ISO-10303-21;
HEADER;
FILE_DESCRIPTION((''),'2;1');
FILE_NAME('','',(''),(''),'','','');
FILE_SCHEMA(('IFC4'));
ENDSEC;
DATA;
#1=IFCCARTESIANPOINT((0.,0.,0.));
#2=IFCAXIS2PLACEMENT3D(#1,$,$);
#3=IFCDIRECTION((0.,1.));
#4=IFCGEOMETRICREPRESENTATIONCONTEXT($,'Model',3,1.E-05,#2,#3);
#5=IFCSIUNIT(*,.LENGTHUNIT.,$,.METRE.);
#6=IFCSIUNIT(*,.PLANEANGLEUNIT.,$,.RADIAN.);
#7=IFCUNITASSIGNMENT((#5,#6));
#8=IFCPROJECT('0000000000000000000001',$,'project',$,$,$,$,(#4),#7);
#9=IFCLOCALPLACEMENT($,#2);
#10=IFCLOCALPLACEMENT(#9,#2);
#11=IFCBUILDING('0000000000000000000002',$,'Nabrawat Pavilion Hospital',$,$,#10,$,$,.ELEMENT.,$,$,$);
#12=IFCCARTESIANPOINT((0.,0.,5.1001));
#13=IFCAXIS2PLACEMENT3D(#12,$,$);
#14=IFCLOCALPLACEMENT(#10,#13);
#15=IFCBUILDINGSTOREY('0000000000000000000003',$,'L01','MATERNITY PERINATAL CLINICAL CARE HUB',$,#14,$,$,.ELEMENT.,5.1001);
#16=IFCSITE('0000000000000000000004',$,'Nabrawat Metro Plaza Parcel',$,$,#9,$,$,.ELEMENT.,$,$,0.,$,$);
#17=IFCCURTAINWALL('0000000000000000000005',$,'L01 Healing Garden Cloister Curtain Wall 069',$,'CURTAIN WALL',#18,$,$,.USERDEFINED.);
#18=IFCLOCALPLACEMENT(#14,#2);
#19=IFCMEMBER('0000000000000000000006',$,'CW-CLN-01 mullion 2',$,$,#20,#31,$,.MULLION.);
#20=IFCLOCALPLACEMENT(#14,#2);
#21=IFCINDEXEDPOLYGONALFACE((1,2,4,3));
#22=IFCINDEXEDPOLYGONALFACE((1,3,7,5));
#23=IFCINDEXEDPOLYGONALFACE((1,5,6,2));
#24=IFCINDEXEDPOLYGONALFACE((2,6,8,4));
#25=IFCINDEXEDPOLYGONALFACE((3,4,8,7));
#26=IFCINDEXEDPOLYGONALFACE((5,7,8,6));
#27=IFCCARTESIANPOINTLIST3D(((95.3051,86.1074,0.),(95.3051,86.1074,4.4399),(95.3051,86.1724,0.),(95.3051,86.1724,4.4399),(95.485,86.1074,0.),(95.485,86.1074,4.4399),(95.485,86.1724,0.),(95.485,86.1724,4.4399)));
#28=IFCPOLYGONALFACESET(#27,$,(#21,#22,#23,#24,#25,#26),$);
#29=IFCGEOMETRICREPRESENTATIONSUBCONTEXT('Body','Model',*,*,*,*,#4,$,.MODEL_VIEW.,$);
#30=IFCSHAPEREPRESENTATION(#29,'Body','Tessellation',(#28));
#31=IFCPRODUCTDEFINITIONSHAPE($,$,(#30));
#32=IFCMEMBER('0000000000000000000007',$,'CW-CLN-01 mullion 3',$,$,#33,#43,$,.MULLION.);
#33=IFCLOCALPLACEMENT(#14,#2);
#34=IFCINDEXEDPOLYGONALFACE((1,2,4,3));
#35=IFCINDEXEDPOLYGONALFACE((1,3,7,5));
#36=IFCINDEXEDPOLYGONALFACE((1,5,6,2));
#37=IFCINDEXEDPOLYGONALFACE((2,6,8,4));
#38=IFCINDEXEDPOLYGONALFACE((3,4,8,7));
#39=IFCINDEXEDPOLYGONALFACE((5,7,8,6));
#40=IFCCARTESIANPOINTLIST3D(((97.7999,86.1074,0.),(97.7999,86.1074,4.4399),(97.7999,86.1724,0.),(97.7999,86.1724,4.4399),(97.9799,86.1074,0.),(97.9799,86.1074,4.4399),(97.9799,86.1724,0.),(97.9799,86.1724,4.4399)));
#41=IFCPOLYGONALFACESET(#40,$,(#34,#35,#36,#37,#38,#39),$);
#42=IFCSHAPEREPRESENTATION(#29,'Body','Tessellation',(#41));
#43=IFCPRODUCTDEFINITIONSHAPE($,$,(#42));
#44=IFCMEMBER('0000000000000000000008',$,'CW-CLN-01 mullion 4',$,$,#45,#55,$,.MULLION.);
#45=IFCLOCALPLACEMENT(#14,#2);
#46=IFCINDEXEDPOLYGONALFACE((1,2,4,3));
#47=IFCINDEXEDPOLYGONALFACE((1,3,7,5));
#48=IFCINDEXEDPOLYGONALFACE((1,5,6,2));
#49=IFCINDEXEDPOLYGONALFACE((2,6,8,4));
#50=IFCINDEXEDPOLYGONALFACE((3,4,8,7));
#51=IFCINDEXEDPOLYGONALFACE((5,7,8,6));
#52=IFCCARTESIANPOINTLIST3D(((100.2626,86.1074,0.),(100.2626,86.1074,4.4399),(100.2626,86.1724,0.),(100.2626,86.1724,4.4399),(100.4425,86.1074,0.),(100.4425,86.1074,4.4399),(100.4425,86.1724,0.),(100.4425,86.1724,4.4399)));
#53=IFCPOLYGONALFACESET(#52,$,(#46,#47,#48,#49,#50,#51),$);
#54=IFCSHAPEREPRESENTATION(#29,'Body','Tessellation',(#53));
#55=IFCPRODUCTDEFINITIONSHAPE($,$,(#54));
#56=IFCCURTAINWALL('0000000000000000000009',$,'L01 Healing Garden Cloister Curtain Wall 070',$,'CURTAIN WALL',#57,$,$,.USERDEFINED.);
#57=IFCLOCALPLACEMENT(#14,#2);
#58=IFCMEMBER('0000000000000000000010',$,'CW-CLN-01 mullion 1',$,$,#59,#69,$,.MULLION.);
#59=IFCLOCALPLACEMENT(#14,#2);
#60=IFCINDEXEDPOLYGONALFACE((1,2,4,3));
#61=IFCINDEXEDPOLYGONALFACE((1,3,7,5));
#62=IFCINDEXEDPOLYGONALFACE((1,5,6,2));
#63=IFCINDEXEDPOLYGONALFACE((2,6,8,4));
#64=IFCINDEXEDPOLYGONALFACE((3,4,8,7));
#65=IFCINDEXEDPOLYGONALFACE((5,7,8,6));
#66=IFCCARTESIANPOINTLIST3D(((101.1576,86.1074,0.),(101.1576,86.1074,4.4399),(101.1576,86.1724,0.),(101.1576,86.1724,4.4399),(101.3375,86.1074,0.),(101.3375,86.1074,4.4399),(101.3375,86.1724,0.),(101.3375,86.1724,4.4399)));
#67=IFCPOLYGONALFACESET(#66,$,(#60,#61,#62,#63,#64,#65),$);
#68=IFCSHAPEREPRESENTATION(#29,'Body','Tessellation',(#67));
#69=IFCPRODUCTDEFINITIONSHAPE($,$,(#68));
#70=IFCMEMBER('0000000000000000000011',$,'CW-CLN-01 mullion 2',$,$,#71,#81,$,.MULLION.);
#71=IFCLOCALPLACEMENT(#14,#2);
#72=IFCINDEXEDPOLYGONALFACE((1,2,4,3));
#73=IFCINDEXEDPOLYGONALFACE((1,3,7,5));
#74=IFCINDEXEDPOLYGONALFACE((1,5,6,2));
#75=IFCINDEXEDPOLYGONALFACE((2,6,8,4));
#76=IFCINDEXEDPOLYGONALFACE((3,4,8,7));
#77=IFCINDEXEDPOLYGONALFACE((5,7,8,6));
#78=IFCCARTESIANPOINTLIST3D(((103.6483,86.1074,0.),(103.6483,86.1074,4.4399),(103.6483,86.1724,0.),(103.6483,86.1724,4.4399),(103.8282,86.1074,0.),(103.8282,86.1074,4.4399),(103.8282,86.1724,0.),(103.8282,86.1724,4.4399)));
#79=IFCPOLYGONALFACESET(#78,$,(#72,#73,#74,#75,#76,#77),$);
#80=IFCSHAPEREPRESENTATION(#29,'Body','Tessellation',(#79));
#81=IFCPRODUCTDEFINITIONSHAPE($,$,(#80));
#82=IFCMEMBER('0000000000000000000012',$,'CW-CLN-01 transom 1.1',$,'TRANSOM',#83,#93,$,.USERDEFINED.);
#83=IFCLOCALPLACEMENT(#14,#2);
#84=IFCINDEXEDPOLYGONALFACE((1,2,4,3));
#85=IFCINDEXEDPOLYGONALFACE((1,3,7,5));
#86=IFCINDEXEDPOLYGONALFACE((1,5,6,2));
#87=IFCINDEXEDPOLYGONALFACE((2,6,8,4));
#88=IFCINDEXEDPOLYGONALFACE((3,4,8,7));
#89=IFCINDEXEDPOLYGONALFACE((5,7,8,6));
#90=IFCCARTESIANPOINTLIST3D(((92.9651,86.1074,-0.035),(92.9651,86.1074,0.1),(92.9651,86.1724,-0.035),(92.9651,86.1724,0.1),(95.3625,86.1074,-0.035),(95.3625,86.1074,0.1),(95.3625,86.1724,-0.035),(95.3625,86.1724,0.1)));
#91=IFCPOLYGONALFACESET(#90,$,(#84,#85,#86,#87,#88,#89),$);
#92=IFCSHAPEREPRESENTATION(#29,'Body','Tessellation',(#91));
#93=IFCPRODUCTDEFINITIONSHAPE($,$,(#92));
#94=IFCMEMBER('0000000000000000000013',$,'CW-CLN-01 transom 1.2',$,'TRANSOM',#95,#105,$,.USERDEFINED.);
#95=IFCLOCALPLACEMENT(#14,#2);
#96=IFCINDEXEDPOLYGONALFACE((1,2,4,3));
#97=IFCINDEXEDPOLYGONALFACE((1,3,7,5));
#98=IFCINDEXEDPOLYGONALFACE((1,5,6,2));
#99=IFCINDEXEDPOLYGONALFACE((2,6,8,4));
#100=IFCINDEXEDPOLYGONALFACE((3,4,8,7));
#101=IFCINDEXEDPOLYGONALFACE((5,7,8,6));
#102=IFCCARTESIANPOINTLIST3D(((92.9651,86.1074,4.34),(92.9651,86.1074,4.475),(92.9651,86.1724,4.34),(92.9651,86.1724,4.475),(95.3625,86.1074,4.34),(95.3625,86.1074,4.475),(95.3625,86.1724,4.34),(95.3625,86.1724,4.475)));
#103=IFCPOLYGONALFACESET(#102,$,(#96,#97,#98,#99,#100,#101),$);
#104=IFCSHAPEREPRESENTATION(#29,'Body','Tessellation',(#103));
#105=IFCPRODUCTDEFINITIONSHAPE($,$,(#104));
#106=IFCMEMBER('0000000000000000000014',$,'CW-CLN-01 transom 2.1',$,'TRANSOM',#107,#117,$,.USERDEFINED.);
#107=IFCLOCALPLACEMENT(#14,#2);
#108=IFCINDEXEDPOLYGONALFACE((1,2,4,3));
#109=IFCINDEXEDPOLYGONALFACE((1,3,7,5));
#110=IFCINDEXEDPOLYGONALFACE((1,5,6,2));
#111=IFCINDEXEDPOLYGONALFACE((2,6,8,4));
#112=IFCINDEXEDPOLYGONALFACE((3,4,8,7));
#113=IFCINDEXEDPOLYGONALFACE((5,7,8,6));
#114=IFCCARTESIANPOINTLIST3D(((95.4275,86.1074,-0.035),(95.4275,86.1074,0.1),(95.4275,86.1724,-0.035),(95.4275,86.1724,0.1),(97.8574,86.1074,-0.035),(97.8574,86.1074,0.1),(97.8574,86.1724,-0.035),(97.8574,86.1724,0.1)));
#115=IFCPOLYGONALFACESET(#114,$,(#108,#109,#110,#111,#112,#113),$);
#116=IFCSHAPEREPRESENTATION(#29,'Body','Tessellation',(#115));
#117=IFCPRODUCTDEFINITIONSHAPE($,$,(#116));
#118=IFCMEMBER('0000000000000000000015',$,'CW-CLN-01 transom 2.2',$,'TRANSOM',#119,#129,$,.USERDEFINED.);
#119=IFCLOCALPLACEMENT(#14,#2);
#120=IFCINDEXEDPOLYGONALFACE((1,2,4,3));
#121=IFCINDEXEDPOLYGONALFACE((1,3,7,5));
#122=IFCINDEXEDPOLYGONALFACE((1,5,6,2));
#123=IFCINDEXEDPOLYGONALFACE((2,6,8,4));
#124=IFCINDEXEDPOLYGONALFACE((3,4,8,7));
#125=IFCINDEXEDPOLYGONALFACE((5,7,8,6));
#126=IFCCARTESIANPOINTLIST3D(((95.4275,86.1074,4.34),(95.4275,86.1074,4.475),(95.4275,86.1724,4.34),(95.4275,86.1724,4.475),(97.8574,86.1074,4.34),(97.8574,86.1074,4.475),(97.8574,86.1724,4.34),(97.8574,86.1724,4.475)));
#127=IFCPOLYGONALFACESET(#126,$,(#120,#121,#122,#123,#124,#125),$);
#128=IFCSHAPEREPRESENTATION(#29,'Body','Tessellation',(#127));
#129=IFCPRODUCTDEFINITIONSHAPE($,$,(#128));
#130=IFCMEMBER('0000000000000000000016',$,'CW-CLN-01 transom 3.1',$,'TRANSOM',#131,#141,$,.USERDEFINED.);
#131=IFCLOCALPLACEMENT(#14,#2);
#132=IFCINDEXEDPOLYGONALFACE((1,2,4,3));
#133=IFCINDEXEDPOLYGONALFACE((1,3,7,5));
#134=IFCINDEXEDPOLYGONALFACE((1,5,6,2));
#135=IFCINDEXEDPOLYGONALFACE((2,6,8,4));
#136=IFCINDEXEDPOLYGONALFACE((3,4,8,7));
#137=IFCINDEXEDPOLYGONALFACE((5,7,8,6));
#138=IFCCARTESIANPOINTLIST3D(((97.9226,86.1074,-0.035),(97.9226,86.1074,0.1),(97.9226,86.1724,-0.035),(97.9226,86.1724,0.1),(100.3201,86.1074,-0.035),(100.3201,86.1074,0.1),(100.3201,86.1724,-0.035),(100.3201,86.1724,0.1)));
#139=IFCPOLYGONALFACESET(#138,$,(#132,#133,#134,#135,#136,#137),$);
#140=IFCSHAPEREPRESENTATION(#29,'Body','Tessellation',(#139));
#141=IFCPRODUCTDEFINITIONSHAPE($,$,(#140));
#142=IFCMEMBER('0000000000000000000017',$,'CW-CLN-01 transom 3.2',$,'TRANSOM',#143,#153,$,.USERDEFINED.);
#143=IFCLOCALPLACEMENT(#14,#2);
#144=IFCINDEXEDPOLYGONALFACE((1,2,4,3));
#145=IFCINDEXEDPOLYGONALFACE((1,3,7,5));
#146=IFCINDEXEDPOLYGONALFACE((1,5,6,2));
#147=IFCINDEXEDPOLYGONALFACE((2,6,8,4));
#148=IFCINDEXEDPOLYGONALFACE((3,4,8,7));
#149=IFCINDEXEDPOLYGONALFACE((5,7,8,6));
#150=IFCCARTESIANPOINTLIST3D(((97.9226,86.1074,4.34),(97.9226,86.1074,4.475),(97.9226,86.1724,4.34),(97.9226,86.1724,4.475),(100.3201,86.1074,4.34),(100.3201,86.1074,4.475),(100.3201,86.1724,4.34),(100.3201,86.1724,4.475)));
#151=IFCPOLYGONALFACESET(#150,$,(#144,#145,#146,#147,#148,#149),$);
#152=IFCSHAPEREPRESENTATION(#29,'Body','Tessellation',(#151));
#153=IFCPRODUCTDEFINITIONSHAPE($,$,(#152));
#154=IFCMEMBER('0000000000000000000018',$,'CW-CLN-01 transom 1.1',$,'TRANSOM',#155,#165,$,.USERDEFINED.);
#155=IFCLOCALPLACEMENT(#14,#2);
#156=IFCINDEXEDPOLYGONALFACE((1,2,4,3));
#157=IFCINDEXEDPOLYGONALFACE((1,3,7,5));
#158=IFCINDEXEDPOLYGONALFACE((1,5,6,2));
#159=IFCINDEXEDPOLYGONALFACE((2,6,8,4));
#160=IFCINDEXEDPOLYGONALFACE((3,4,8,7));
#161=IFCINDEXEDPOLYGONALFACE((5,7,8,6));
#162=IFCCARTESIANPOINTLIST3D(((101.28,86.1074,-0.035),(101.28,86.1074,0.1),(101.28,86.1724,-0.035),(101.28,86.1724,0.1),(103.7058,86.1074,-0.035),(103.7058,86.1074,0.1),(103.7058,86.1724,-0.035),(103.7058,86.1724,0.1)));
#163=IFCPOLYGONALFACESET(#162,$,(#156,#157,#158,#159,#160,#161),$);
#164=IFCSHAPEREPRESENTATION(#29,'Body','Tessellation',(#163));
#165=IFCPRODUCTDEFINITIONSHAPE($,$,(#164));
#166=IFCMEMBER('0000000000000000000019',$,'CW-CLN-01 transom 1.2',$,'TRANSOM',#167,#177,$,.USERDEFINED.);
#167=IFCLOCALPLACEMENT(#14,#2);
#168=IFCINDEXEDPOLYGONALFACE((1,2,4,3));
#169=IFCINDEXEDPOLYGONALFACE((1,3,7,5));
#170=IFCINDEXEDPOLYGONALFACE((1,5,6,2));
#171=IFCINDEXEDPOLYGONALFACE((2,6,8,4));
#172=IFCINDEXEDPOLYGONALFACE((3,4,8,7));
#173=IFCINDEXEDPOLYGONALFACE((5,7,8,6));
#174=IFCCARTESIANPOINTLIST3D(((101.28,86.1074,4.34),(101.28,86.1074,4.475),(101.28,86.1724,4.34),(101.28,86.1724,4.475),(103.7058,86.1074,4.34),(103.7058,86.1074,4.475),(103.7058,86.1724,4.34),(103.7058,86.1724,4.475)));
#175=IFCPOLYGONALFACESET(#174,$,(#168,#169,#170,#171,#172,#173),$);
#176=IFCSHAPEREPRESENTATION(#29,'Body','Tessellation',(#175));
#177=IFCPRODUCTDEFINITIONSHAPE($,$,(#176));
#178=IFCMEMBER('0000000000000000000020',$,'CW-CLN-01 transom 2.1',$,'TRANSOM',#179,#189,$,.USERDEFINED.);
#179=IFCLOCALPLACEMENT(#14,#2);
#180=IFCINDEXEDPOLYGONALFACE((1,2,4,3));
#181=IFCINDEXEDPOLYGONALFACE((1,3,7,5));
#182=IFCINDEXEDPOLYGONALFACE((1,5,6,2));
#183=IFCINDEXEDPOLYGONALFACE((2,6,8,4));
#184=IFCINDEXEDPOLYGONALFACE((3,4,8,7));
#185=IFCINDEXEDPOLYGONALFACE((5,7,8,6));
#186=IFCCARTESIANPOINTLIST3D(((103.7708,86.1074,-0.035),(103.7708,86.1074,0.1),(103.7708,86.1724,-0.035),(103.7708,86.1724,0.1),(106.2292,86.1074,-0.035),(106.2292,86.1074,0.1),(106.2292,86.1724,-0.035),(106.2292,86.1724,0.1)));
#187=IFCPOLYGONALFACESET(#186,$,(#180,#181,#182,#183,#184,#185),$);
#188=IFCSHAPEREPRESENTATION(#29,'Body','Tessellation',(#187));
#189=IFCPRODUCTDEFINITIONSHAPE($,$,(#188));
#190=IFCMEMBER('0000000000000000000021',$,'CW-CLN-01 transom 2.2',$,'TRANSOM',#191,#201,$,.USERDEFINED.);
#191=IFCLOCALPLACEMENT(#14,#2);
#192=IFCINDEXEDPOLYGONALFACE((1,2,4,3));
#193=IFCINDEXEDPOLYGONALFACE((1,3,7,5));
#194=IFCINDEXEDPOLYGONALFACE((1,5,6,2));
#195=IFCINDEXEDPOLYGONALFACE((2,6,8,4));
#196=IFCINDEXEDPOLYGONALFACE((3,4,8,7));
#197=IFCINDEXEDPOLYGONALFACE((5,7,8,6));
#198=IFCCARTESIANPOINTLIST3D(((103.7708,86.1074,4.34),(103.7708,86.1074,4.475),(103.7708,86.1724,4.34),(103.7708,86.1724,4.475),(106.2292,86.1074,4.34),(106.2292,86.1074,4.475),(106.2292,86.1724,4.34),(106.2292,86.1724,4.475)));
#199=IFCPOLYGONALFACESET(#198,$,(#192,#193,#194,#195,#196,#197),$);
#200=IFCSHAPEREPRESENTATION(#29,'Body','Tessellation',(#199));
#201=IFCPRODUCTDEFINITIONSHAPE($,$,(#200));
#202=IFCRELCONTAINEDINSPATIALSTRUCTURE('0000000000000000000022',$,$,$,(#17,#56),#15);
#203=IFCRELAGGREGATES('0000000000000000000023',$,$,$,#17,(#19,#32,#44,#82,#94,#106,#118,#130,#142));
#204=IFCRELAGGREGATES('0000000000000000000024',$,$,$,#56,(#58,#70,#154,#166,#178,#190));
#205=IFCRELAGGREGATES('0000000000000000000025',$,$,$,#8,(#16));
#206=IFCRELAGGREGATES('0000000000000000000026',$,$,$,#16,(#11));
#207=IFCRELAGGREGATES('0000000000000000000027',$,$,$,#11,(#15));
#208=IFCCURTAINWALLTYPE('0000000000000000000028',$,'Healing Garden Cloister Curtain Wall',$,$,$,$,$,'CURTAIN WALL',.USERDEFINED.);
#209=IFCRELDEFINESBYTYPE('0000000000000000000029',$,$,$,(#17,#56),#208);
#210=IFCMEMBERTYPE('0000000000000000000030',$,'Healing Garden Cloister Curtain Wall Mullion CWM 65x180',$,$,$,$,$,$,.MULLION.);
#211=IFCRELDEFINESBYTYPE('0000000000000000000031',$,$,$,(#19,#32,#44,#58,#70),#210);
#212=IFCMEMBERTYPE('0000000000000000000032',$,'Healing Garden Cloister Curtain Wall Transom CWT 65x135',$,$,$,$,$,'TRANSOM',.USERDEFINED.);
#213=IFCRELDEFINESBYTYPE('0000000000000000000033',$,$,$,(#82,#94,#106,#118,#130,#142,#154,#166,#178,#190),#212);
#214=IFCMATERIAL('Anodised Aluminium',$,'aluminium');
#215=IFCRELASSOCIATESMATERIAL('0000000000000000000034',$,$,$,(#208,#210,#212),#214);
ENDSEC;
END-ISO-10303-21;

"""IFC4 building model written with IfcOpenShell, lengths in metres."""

from ifc_helpers import new_model, si_unit, direction, frame, origin, origin_2d, place, context, subcontext, project, spatial, rectangle, extrude, material, material_profile, profile_set, type_object, element, aggregate, save


model = new_model("IFC4")

# Units and contexts
model_context = context("Model", 3, precision=1e-05, world=origin(), true_north=direction((0.0, 1.0)))
body_context = subcontext(model_context, "Body", "Model", "MODEL_VIEW")
ifc_project = project(units=[si_unit("LENGTHUNIT", "METRE"), si_unit("PLANEANGLEUNIT", "RADIAN")], contexts=[model_context])

# Site, building, storey
site_placement = place(None, origin())
site = spatial("IfcSite", under=ifc_project, at=site_placement, Name="Nabrawat Metro Plaza Parcel", CompositionType="ELEMENT", RefElevation=0.0)
building_placement = place(site_placement, origin())
building = spatial("IfcBuilding", under=site, at=building_placement, Name="Nabrawat Pavilion Hospital", CompositionType="ELEMENT")
storey_placement = place(building_placement, frame((0.0, 0.0, 5.1001)))
storey = spatial("IfcBuildingStorey", under=building, at=storey_placement, Name="L01", Description="MATERNITY PERINATAL CLINICAL CARE HUB", CompositionType="ELEMENT", Elevation=5.1001)

# Curtain walls, members
ifc_material_1 = material(Name="Anodised Aluminium", Category="aluminium")
curtain_wall_type_1 = type_object("IfcCurtainWallType", Name="Healing Garden Cloister Curtain Wall", ElementType="CURTAIN WALL", PredefinedType="USERDEFINED", material=ifc_material_1)
curtain_wall_1_placement = place(storey_placement, origin())
curtain_wall_1 = element("IfcCurtainWall", 1, at=curtain_wall_1_placement, inside=storey, type_object=curtain_wall_type_1, Name="L01 Healing Garden Cloister Curtain Wall 069", ObjectType="CURTAIN WALL", PredefinedType="USERDEFINED")
ifc_material_profile_1 = material_profile(ifc_material_1, rectangle(XDim=0.0649, YDim=0.1799, at=origin_2d()), Name="CWM 65x180")
ifc_profile_set_1 = profile_set([ifc_material_profile_1], Name="Anodised Aluminium")
member_type_1 = type_object("IfcMemberType", Name="Healing Garden Cloister Curtain Wall Mullion CWM 65x180", PredefinedType="MULLION", material=ifc_profile_set_1)
member_1_placement = place(storey_placement, frame((95.395, 86.1399, 0.0), z_axis=(0.0, 0.0, 1.0), x_axis=(0.0, 1.0, 0.0)))
member_1 = element("IfcMember", 2, at=member_1_placement, type_object=member_type_1, Name="CW-CLN-01 mullion 2", PredefinedType="MULLION", context=body_context, shape_type="SweptSolid", body=[
    extrude(rectangle(XDim=0.0649, YDim=0.1799, at=origin_2d()), origin(), (0.0, 0.0, 1.0), 4.4399),
])
member_2_placement = place(storey_placement, frame((97.8899, 86.1399, 0.0), z_axis=(0.0, 0.0, 1.0), x_axis=(0.0, 1.0, 0.0)))
member_2 = element("IfcMember", 3, at=member_2_placement, type_object=member_type_1, Name="CW-CLN-01 mullion 3", PredefinedType="MULLION", context=body_context, shape_type="SweptSolid", body=[
    extrude(rectangle(XDim=0.0649, YDim=0.1799, at=origin_2d()), origin(), (0.0, 0.0, 1.0), 4.4399),
])
member_3_placement = place(storey_placement, frame((100.3525, 86.1399, 0.0), z_axis=(0.0, 0.0, 1.0), x_axis=(0.0, 1.0, 0.0)))
member_3 = element("IfcMember", 4, at=member_3_placement, type_object=member_type_1, Name="CW-CLN-01 mullion 4", PredefinedType="MULLION", context=body_context, shape_type="SweptSolid", body=[
    extrude(rectangle(XDim=0.0649, YDim=0.1799, at=origin_2d()), origin(), (0.0, 0.0, 1.0), 4.4399),
])
curtain_wall_2_placement = place(storey_placement, origin())
curtain_wall_2 = element("IfcCurtainWall", 5, at=curtain_wall_2_placement, inside=storey, type_object=curtain_wall_type_1, Name="L01 Healing Garden Cloister Curtain Wall 070", ObjectType="CURTAIN WALL", PredefinedType="USERDEFINED")
member_4_placement = place(storey_placement, frame((101.2476, 86.1399, 0.0), z_axis=(0.0, 0.0, 1.0), x_axis=(0.0, 1.0, 0.0)))
member_4 = element("IfcMember", 6, at=member_4_placement, type_object=member_type_1, Name="CW-CLN-01 mullion 1", PredefinedType="MULLION", context=body_context, shape_type="SweptSolid", body=[
    extrude(rectangle(XDim=0.0649, YDim=0.1799, at=origin_2d()), origin(), (0.0, 0.0, 1.0), 4.4399),
])
member_5_placement = place(storey_placement, frame((103.7383, 86.1399, 0.0), z_axis=(0.0, 0.0, 1.0), x_axis=(0.0, 1.0, 0.0)))
member_5 = element("IfcMember", 7, at=member_5_placement, type_object=member_type_1, Name="CW-CLN-01 mullion 2", PredefinedType="MULLION", context=body_context, shape_type="SweptSolid", body=[
    extrude(rectangle(XDim=0.0649, YDim=0.1799, at=origin_2d()), origin(), (0.0, 0.0, 1.0), 4.4399),
])

# Members
ifc_material_profile_2 = material_profile(ifc_material_1, rectangle(XDim=0.0649, YDim=0.135, at=origin_2d()), Name="CWT 65x135")
ifc_profile_set_2 = profile_set([ifc_material_profile_2], Name="Anodised Aluminium")
member_type_2 = type_object("IfcMemberType", Name="Healing Garden Cloister Curtain Wall Transom CWT 65x135", ElementType="TRANSOM", PredefinedType="USERDEFINED", material=ifc_profile_set_2)
member_6_placement = place(storey_placement, frame((92.9651, 86.1399, 0.0325), z_axis=(1.0, 0.0, 0.0), x_axis=(0.0, 1.0, 0.0)))
member_6 = element("IfcMember", 8, at=member_6_placement, type_object=member_type_2, Name="CW-CLN-01 transom 1.1", ObjectType="TRANSOM", PredefinedType="USERDEFINED", context=body_context, shape_type="SweptSolid", body=[
    extrude(rectangle(XDim=0.0649, YDim=0.135, at=origin_2d()), origin(), (0.0, 0.0, 1.0), 2.3975),
])
member_7_placement = place(storey_placement, frame((92.9651, 86.1399, 4.4075), z_axis=(1.0, 0.0, 0.0), x_axis=(0.0, 1.0, 0.0)))
member_7 = element("IfcMember", 9, at=member_7_placement, type_object=member_type_2, Name="CW-CLN-01 transom 1.2", ObjectType="TRANSOM", PredefinedType="USERDEFINED", context=body_context, shape_type="SweptSolid", body=[
    extrude(rectangle(XDim=0.0649, YDim=0.135, at=origin_2d()), origin(), (0.0, 0.0, 1.0), 2.3975),
])
member_8_placement = place(storey_placement, frame((95.4275, 86.1399, 0.0325), z_axis=(1.0, 0.0, 0.0), x_axis=(0.0, 1.0, 0.0)))
member_8 = element("IfcMember", 10, at=member_8_placement, type_object=member_type_2, Name="CW-CLN-01 transom 2.1", ObjectType="TRANSOM", PredefinedType="USERDEFINED", context=body_context, shape_type="SweptSolid", body=[
    extrude(rectangle(XDim=0.0649, YDim=0.135, at=origin_2d()), origin(), (0.0, 0.0, 1.0), 2.4299),
])
member_9_placement = place(storey_placement, frame((95.4275, 86.1399, 4.4075), z_axis=(1.0, 0.0, 0.0), x_axis=(0.0, 1.0, 0.0)))
member_9 = element("IfcMember", 11, at=member_9_placement, type_object=member_type_2, Name="CW-CLN-01 transom 2.2", ObjectType="TRANSOM", PredefinedType="USERDEFINED", context=body_context, shape_type="SweptSolid", body=[
    extrude(rectangle(XDim=0.0649, YDim=0.135, at=origin_2d()), origin(), (0.0, 0.0, 1.0), 2.4299),
])
member_10_placement = place(storey_placement, frame((97.9226, 86.1399, 0.0325), z_axis=(1.0, 0.0, 0.0), x_axis=(0.0, 1.0, 0.0)))
member_10 = element("IfcMember", 12, at=member_10_placement, type_object=member_type_2, Name="CW-CLN-01 transom 3.1", ObjectType="TRANSOM", PredefinedType="USERDEFINED", context=body_context, shape_type="SweptSolid", body=[
    extrude(rectangle(XDim=0.0649, YDim=0.135, at=origin_2d()), origin(), (0.0, 0.0, 1.0), 2.3975),
])
member_11_placement = place(storey_placement, frame((97.9226, 86.1399, 4.4075), z_axis=(1.0, 0.0, 0.0), x_axis=(0.0, 1.0, 0.0)))
member_11 = element("IfcMember", 13, at=member_11_placement, type_object=member_type_2, Name="CW-CLN-01 transom 3.2", ObjectType="TRANSOM", PredefinedType="USERDEFINED", context=body_context, shape_type="SweptSolid", body=[
    extrude(rectangle(XDim=0.0649, YDim=0.135, at=origin_2d()), origin(), (0.0, 0.0, 1.0), 2.3975),
])
member_12_placement = place(storey_placement, frame((101.28, 86.1399, 0.0325), z_axis=(1.0, 0.0, 0.0), x_axis=(0.0, 1.0, 0.0)))
member_12 = element("IfcMember", 14, at=member_12_placement, type_object=member_type_2, Name="CW-CLN-01 transom 1.1", ObjectType="TRANSOM", PredefinedType="USERDEFINED", context=body_context, shape_type="SweptSolid", body=[
    extrude(rectangle(XDim=0.0649, YDim=0.135, at=origin_2d()), origin(), (0.0, 0.0, 1.0), 2.4258),
])
member_13_placement = place(storey_placement, frame((101.28, 86.1399, 4.4075), z_axis=(1.0, 0.0, 0.0), x_axis=(0.0, 1.0, 0.0)))
member_13 = element("IfcMember", 15, at=member_13_placement, type_object=member_type_2, Name="CW-CLN-01 transom 1.2", ObjectType="TRANSOM", PredefinedType="USERDEFINED", context=body_context, shape_type="SweptSolid", body=[
    extrude(rectangle(XDim=0.0649, YDim=0.135, at=origin_2d()), origin(), (0.0, 0.0, 1.0), 2.4258),
])
member_14_placement = place(storey_placement, frame((103.7708, 86.1399, 0.0325), z_axis=(1.0, 0.0, 0.0), x_axis=(0.0, 1.0, 0.0)))
member_14 = element("IfcMember", 16, at=member_14_placement, type_object=member_type_2, Name="CW-CLN-01 transom 2.1", ObjectType="TRANSOM", PredefinedType="USERDEFINED", context=body_context, shape_type="SweptSolid", body=[
    extrude(rectangle(XDim=0.0649, YDim=0.135, at=origin_2d()), origin(), (0.0, 0.0, 1.0), 2.4585),
])
member_15_placement = place(storey_placement, frame((103.7708, 86.1399, 4.4075), z_axis=(1.0, 0.0, 0.0), x_axis=(0.0, 1.0, 0.0)))
member_15 = element("IfcMember", 17, at=member_15_placement, type_object=member_type_2, Name="CW-CLN-01 transom 2.2", ObjectType="TRANSOM", PredefinedType="USERDEFINED", context=body_context, shape_type="SweptSolid", body=[
    extrude(rectangle(XDim=0.0649, YDim=0.135, at=origin_2d()), origin(), (0.0, 0.0, 1.0), 2.4585),
])

aggregate(curtain_wall_1, [member_1, member_2, member_3, member_6, member_7, member_8, member_9, member_10, member_11])
aggregate(curtain_wall_2, [member_4, member_5, member_12, member_13, member_14, member_15])

save(model, "model.ifc")
